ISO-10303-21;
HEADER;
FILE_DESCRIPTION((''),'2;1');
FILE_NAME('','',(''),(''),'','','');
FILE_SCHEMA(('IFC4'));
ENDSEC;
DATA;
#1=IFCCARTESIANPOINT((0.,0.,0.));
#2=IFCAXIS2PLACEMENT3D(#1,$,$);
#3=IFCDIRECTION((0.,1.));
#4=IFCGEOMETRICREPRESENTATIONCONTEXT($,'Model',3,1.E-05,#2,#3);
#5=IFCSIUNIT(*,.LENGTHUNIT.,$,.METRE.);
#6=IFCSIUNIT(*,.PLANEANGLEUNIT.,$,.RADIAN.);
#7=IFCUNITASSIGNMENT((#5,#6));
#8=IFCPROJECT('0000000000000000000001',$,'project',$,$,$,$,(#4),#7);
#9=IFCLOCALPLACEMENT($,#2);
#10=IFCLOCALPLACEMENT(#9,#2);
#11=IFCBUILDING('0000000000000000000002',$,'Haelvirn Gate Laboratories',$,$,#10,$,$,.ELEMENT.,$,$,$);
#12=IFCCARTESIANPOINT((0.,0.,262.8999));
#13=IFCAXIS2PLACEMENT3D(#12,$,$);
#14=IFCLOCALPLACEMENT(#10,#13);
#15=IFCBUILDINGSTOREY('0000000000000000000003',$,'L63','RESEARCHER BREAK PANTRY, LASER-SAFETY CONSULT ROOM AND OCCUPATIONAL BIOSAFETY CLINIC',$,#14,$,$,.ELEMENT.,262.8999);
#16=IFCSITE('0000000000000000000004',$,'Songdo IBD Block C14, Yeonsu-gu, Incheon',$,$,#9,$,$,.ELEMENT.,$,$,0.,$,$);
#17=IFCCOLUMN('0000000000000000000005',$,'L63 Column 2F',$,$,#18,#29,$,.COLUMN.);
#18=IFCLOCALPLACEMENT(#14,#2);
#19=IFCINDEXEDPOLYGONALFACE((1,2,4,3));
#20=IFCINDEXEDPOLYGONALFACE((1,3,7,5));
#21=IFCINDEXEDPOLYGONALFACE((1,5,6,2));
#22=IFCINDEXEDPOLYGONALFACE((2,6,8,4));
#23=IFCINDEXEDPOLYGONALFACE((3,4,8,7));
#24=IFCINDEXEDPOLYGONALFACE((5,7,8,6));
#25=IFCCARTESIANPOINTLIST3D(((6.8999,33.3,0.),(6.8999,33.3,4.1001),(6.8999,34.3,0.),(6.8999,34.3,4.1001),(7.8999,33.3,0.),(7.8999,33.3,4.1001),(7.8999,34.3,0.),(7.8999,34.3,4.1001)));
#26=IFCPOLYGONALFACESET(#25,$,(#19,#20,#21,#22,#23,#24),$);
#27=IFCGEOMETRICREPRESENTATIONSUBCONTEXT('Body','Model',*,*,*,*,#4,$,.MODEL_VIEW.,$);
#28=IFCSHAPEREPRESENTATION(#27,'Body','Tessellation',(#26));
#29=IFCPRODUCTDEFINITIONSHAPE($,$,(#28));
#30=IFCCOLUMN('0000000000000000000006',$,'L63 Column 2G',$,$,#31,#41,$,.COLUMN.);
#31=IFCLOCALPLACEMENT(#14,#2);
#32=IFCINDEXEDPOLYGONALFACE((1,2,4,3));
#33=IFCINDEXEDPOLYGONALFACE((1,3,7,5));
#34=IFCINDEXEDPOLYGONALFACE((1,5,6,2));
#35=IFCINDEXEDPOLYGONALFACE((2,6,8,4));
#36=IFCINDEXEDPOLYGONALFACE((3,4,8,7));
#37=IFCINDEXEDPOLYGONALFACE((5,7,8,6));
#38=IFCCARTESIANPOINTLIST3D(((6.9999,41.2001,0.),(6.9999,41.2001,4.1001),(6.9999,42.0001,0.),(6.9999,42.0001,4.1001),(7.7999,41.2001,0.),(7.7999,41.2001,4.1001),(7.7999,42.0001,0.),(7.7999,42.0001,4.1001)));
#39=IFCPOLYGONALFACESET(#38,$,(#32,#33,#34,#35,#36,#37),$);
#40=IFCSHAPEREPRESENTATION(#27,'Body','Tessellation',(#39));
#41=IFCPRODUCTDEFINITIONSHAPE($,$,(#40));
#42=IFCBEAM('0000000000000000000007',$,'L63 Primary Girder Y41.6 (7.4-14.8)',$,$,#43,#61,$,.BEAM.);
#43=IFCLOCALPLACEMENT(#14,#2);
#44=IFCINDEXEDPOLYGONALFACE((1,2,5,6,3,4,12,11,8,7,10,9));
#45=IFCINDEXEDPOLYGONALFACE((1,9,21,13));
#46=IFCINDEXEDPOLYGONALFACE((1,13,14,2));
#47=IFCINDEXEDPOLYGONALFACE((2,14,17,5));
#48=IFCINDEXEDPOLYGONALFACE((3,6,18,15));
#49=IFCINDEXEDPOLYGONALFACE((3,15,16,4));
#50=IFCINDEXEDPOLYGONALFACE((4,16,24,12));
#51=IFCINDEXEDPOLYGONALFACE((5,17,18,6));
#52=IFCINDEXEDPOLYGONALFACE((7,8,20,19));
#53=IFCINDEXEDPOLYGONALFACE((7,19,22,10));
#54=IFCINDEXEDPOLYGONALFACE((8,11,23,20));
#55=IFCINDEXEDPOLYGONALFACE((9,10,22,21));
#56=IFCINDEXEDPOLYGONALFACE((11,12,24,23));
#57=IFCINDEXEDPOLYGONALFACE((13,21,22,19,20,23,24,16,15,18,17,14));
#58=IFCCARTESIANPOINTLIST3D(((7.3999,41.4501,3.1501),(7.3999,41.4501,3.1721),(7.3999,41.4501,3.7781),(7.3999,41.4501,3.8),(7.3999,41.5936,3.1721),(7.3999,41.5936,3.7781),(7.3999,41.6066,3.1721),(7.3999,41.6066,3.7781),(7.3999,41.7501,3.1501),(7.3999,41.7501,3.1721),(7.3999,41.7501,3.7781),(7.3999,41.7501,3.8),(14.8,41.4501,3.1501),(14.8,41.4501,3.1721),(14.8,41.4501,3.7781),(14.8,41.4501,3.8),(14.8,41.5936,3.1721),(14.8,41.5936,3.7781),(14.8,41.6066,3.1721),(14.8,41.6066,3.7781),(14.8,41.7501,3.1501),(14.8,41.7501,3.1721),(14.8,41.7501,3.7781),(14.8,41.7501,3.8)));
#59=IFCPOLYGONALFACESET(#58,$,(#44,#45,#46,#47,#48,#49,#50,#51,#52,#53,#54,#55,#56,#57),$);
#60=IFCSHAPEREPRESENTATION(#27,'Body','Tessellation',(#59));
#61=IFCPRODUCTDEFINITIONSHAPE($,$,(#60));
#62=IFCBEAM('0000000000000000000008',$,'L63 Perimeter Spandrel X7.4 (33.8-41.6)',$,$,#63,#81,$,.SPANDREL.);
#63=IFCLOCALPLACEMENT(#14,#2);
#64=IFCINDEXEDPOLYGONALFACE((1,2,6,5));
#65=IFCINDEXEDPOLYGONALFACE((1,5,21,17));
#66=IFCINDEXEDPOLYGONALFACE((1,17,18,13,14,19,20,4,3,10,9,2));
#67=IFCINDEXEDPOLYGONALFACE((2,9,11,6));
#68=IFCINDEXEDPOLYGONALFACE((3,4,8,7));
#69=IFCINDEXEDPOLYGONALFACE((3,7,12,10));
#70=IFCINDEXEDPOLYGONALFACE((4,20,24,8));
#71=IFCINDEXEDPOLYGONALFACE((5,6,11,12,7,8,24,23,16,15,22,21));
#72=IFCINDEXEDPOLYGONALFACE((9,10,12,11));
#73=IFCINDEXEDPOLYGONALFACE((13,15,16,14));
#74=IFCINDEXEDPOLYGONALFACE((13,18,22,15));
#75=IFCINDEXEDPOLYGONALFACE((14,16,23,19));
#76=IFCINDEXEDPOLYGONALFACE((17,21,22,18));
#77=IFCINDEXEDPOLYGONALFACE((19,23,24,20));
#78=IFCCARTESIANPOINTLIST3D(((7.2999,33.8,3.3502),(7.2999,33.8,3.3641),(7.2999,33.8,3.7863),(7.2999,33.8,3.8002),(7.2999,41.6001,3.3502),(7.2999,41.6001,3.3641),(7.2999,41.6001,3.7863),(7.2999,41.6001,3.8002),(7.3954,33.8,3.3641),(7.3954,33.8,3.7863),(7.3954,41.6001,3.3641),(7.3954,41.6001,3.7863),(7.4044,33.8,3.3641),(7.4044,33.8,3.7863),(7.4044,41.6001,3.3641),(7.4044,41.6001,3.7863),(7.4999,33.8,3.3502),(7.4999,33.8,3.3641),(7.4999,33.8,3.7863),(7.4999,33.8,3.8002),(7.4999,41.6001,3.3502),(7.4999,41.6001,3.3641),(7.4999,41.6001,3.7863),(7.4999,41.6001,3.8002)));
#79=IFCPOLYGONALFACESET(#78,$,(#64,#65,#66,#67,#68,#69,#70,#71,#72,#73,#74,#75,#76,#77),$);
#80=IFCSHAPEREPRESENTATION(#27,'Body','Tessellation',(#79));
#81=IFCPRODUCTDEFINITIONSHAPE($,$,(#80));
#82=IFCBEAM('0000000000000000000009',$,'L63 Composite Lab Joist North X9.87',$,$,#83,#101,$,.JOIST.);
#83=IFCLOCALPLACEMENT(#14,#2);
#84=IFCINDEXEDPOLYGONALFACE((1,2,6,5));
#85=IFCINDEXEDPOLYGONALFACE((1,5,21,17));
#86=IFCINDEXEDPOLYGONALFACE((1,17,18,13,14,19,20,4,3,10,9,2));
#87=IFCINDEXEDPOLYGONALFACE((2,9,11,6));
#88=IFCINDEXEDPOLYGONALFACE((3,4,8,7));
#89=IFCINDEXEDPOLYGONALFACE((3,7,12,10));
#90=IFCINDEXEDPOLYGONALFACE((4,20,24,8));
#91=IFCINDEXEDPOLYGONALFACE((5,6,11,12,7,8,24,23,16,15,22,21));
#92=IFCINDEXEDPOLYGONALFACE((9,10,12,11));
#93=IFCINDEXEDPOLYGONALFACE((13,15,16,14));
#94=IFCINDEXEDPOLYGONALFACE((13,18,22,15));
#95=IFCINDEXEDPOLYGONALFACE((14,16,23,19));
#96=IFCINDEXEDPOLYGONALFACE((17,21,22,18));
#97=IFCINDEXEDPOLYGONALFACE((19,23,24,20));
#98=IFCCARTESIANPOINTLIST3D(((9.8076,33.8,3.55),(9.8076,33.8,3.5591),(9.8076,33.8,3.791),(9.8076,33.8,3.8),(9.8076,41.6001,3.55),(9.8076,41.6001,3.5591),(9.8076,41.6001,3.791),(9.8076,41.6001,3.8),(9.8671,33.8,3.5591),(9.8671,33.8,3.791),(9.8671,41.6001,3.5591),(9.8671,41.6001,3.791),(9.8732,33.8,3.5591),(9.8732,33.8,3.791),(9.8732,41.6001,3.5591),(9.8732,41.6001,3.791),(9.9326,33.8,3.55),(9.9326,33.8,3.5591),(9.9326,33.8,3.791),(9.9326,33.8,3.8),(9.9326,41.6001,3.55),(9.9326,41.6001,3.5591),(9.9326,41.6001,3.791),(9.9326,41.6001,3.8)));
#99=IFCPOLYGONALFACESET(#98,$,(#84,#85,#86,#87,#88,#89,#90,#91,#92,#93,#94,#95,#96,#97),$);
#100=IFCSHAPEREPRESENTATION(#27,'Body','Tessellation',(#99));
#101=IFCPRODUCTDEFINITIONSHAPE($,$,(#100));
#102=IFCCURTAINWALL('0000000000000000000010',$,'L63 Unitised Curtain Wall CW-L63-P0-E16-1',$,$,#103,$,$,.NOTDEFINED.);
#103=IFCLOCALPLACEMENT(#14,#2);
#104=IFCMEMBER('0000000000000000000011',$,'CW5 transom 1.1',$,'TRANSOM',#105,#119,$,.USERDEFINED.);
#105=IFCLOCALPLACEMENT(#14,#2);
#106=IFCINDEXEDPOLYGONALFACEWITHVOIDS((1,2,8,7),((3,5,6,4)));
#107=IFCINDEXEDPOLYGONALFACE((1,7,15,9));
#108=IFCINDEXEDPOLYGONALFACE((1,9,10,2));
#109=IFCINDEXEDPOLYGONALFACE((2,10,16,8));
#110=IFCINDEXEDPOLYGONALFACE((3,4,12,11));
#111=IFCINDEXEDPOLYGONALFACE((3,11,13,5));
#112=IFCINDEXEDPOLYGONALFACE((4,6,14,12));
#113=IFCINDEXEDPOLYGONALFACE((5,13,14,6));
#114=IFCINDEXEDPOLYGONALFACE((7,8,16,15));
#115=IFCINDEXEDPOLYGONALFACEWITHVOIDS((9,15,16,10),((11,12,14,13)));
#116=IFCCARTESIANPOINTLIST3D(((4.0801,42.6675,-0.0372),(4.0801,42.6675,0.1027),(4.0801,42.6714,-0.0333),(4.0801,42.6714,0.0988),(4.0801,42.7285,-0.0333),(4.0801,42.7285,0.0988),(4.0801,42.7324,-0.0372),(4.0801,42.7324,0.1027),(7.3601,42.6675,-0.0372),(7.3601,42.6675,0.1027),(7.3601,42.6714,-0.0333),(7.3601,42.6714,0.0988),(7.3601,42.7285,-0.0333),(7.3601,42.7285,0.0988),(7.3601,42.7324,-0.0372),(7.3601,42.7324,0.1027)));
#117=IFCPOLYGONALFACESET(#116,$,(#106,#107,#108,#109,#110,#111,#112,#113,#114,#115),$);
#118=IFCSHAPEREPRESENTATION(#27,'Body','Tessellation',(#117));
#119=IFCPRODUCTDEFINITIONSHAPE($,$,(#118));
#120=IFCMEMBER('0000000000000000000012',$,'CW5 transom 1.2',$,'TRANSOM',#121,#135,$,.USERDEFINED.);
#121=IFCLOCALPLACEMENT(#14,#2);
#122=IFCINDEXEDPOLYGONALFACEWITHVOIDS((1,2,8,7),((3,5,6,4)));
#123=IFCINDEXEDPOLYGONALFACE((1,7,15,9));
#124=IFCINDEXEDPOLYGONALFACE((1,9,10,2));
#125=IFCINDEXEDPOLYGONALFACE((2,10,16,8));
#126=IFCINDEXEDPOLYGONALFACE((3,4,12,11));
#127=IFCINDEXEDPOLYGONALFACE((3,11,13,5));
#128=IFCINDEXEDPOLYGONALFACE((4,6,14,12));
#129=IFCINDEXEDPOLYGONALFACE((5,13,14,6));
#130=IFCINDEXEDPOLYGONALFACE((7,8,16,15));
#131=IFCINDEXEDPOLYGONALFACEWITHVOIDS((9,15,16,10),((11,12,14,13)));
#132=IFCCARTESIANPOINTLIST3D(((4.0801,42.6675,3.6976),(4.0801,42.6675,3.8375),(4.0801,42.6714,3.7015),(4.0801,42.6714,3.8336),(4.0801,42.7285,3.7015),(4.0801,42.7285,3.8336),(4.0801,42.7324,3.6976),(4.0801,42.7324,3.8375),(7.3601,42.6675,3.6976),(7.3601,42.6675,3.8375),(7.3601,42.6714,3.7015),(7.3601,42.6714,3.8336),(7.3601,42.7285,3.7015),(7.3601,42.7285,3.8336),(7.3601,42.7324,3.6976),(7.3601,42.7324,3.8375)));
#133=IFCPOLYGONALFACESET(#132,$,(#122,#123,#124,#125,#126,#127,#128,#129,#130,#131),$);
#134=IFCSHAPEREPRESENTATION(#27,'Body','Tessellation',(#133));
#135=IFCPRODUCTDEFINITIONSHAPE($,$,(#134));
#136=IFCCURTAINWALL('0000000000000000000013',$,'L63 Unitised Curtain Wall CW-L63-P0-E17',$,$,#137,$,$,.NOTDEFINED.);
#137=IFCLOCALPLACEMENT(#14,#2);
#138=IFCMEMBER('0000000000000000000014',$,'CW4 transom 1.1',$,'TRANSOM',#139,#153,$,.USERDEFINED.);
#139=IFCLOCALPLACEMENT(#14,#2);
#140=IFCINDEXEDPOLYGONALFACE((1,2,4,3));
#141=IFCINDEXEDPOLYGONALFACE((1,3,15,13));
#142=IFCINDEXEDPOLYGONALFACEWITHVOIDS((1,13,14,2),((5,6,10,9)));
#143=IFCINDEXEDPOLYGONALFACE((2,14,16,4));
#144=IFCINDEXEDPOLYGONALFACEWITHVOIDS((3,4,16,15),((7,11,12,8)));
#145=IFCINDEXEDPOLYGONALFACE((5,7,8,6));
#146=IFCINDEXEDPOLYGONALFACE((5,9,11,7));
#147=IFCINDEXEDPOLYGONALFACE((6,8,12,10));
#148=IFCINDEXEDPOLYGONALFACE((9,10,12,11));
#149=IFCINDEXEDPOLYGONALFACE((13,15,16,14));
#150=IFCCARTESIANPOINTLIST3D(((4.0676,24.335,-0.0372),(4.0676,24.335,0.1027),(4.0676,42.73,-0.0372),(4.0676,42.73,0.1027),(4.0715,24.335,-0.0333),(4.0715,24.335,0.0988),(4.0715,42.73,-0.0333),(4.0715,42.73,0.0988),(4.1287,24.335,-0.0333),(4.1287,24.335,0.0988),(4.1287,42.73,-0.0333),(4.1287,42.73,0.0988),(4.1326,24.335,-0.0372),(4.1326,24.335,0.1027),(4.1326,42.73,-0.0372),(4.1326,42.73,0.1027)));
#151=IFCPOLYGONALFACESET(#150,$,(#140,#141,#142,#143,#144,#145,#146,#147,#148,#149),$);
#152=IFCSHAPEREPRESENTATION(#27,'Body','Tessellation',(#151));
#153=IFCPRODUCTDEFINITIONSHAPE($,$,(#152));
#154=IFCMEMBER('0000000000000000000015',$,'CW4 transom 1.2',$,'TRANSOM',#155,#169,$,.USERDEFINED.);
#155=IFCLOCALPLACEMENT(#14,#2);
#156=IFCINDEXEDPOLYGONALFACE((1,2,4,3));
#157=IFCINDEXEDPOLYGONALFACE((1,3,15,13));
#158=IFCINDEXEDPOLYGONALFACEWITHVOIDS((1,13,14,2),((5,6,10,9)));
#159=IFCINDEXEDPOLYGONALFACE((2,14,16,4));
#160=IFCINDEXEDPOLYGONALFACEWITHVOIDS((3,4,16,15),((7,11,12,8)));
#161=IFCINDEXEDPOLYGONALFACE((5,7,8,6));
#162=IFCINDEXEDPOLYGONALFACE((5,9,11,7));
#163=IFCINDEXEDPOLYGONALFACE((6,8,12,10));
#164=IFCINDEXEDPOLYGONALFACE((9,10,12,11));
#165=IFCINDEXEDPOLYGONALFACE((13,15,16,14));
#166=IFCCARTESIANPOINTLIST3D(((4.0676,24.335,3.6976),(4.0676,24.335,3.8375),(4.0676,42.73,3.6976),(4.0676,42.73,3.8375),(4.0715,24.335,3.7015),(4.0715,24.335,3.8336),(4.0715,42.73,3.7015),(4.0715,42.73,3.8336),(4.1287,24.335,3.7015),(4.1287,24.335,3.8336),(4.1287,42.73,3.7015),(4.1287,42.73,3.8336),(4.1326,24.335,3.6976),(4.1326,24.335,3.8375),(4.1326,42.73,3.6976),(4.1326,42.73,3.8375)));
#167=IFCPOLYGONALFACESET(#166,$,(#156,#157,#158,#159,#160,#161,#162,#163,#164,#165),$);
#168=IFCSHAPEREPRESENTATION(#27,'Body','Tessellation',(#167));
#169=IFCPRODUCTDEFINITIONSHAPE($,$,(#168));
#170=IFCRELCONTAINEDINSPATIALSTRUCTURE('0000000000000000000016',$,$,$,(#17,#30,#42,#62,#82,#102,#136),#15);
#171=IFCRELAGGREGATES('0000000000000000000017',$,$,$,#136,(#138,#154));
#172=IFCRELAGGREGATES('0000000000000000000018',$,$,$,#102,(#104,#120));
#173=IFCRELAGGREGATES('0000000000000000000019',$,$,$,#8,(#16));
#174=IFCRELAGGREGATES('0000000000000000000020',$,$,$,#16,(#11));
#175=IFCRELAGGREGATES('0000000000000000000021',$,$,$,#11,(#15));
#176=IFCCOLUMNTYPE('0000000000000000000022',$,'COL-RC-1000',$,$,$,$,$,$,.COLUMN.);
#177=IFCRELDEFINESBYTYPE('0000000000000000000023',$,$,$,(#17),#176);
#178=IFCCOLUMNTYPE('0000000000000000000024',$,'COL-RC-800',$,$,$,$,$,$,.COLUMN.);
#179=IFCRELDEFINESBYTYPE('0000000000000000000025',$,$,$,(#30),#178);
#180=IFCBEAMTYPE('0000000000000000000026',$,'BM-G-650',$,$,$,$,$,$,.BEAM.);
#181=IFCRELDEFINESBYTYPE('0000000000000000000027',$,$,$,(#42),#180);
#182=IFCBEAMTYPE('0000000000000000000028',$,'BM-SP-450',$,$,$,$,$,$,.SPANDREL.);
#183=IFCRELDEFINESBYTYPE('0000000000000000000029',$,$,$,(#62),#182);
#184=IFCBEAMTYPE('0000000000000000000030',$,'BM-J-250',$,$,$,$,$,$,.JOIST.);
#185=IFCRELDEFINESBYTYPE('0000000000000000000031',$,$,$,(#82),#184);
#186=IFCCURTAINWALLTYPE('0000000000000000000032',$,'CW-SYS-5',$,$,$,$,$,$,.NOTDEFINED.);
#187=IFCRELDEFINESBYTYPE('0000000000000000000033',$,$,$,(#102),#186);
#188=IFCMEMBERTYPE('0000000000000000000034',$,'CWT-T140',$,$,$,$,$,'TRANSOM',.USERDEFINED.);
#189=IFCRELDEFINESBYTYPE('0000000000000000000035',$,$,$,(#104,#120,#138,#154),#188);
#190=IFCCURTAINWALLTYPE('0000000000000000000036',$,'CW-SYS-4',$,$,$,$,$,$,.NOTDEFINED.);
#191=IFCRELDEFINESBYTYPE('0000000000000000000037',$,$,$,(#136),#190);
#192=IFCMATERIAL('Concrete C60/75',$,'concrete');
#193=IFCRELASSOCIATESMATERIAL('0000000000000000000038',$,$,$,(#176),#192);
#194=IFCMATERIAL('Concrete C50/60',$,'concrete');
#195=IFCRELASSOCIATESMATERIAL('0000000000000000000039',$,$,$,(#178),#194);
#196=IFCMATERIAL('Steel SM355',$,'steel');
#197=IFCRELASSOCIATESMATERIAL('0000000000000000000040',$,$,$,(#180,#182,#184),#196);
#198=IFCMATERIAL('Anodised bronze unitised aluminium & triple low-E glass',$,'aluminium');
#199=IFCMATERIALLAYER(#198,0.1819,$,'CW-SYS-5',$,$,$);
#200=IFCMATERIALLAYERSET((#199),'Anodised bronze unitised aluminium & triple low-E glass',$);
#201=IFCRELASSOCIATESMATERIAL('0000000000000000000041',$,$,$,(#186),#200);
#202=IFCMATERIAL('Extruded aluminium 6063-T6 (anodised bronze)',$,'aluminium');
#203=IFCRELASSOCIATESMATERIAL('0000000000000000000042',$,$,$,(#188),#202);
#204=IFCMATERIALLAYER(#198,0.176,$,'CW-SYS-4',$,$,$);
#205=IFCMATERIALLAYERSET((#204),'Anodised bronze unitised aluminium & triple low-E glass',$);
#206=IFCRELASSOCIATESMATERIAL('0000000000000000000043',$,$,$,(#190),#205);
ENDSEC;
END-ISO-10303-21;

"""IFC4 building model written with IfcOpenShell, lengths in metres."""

from ifc_helpers import new_model, si_unit, direction, frame, origin, origin_2d, place, context, subcontext, project, spatial, rectangle, hollow_rectangle, i_section, extrude, source, transform, mapped, material, layer, layer_set, material_profile, profile_set, type_object, type_shapes, element, aggregate, save


model = new_model("IFC4")

# Units and contexts
model_context = context("Model", 3, precision=1e-05, world=origin(), true_north=direction((0.0, 1.0)))
body_context = subcontext(model_context, "Body", "Model", "MODEL_VIEW")
ifc_project = project(units=[si_unit("LENGTHUNIT", "METRE"), si_unit("PLANEANGLEUNIT", "RADIAN")], contexts=[model_context])

# Site, building, storey
site_placement = place(None, origin())
site = spatial("IfcSite", under=ifc_project, at=site_placement, Name="Songdo IBD Block C14, Yeonsu-gu, Incheon", CompositionType="ELEMENT", RefElevation=0.0)
building_placement = place(site_placement, origin())
building = spatial("IfcBuilding", under=site, at=building_placement, Name="Haelvirn Gate Laboratories", CompositionType="ELEMENT")
storey_placement = place(building_placement, frame((0.0, 0.0, 262.8999)))
storey = spatial("IfcBuildingStorey", under=building, at=storey_placement, Name="L63", Description="RESEARCHER BREAK PANTRY, LASER-SAFETY CONSULT ROOM AND OCCUPATIONAL BIOSAFETY CLINIC", CompositionType="ELEMENT", Elevation=262.8999)

# Columns
ifc_material_1 = material(Name="Concrete C60/75", Category="concrete")
ifc_material_profile_1 = material_profile(ifc_material_1, rectangle(XDim=1.0, YDim=1.0, at=origin_2d()), Name="RC-1000x1000")
ifc_profile_set_1 = profile_set([ifc_material_profile_1], Name="Concrete C60/75")
column_type_1 = type_object("IfcColumnType", Name="COL-RC-1000", PredefinedType="COLUMN", material=ifc_profile_set_1)
shared_shape_1 = source(origin(), body_context, "Body", "SweptSolid", [
    extrude(rectangle(XDim=1.0, YDim=1.0, at=origin_2d()), origin(), (0.0, 0.0, 1.0), 4.1001),
])
type_shapes(column_type_1, [shared_shape_1])
column_1_placement = place(storey_placement, frame((7.3999, 33.8, 0.0), z_axis=(0.0, 0.0, 1.0), x_axis=(1.0, 0.0, 0.0)))
element("IfcColumn", 1, at=column_1_placement, inside=storey, type_object=column_type_1, Name="L63 Column 2F", PredefinedType="COLUMN", context=body_context, shape_type="MappedRepresentation", body=[
    mapped(shared_shape_1, transform((0.0, 0.0, 0.0), scale=1.0)),
])
ifc_material_2 = material(Name="Concrete C50/60", Category="concrete")
ifc_material_profile_2 = material_profile(ifc_material_2, rectangle(XDim=0.8, YDim=0.8, at=origin_2d()), Name="RC-800x800")
ifc_profile_set_2 = profile_set([ifc_material_profile_2], Name="Concrete C50/60")
column_type_2 = type_object("IfcColumnType", Name="COL-RC-800", PredefinedType="COLUMN", material=ifc_profile_set_2)
shared_shape_2 = source(origin(), body_context, "Body", "SweptSolid", [
    extrude(rectangle(XDim=0.8, YDim=0.8, at=origin_2d()), origin(), (0.0, 0.0, 1.0), 4.1001),
])
type_shapes(column_type_2, [shared_shape_2])
column_2_placement = place(storey_placement, frame((7.3999, 41.6001, 0.0), z_axis=(0.0, 0.0, 1.0), x_axis=(1.0, 0.0, 0.0)))
element("IfcColumn", 2, at=column_2_placement, inside=storey, type_object=column_type_2, Name="L63 Column 2G", PredefinedType="COLUMN", context=body_context, shape_type="MappedRepresentation", body=[
    mapped(shared_shape_2, transform((0.0, 0.0, 0.0), scale=1.0)),
])

# Beams
ifc_material_3 = material(Name="Steel SM355", Category="steel")
ifc_material_profile_3 = material_profile(ifc_material_3, i_section(OverallWidth=0.3, OverallDepth=0.6499, WebThickness=0.0129, FlangeThickness=0.022, at=origin_2d()), Name="H-650x300x13x22")
ifc_profile_set_3 = profile_set([ifc_material_profile_3], Name="Steel SM355")
beam_type_1 = type_object("IfcBeamType", Name="BM-G-650", PredefinedType="BEAM", material=ifc_profile_set_3)
shared_shape_3 = source(origin(), body_context, "Body", "SweptSolid", [
    extrude(i_section(OverallWidth=0.3, OverallDepth=0.6499, WebThickness=0.0129, FlangeThickness=0.022, at=origin_2d()), origin(), (0.0, 0.0, 1.0), 7.4001),
])
type_shapes(beam_type_1, [shared_shape_3])
beam_1_placement = place(storey_placement, frame((7.3999, 41.6001, 3.4751), z_axis=(1.0, 0.0, 0.0), x_axis=(0.0, 1.0, 0.0)))
element("IfcBeam", 3, at=beam_1_placement, inside=storey, type_object=beam_type_1, Name="L63 Primary Girder Y41.6 (7.4-14.8)", PredefinedType="BEAM", context=body_context, shape_type="MappedRepresentation", body=[
    mapped(shared_shape_3, transform((0.0, 0.0, 0.0), scale=1.0)),
])
ifc_material_profile_4 = material_profile(ifc_material_3, i_section(OverallWidth=0.2, OverallDepth=0.45, WebThickness=0.009, FlangeThickness=0.0139, at=origin_2d()), Name="H-450x200x9x14")
ifc_profile_set_4 = profile_set([ifc_material_profile_4], Name="Steel SM355")
beam_type_2 = type_object("IfcBeamType", Name="BM-SP-450", PredefinedType="SPANDREL", material=ifc_profile_set_4)
shared_shape_4 = source(origin(), body_context, "Body", "SweptSolid", [
    extrude(i_section(OverallWidth=0.2, OverallDepth=0.45, WebThickness=0.009, FlangeThickness=0.0139, at=origin_2d()), origin(), (0.0, 0.0, 1.0), 7.8),
])
type_shapes(beam_type_2, [shared_shape_4])
beam_2_placement = place(storey_placement, frame((7.3999, 33.8, 3.5752), z_axis=(0.0, 1.0, 0.0), x_axis=(-1.0, 0.0, 0.0)))
element("IfcBeam", 4, at=beam_2_placement, inside=storey, type_object=beam_type_2, Name="L63 Perimeter Spandrel X7.4 (33.8-41.6)", PredefinedType="SPANDREL", context=body_context, shape_type="MappedRepresentation", body=[
    mapped(shared_shape_4, transform((0.0, 0.0, 0.0), scale=1.0)),
])
ifc_material_profile_5 = material_profile(ifc_material_3, i_section(OverallWidth=0.125, OverallDepth=0.25, WebThickness=0.0061, FlangeThickness=0.009, at=origin_2d()), Name="H-250x125x6x9")
ifc_profile_set_5 = profile_set([ifc_material_profile_5], Name="Steel SM355")
beam_type_3 = type_object("IfcBeamType", Name="BM-J-250", PredefinedType="JOIST", material=ifc_profile_set_5)
shared_shape_5 = source(origin(), body_context, "Body", "SweptSolid", [
    extrude(i_section(OverallWidth=0.125, OverallDepth=0.25, WebThickness=0.0061, FlangeThickness=0.009, at=origin_2d()), origin(), (0.0, 0.0, 1.0), 7.8),
])
type_shapes(beam_type_3, [shared_shape_5])
beam_3_placement = place(storey_placement, frame((9.8701, 33.8, 3.675), z_axis=(0.0, 1.0, 0.0), x_axis=(-1.0, 0.0, 0.0)))
element("IfcBeam", 5, at=beam_3_placement, inside=storey, type_object=beam_type_3, Name="L63 Composite Lab Joist North X9.87", PredefinedType="JOIST", context=body_context, shape_type="MappedRepresentation", body=[
    mapped(shared_shape_5, transform((0.0, 0.0, 0.0), scale=1.0)),
])

# Curtain walls, members
ifc_material_4 = material(Name="Anodised bronze unitised aluminium & triple low-E glass", Category="aluminium")
ifc_layer_1 = layer(ifc_material_4, 0.1819, Name="CW-SYS-5")
ifc_layer_set_1 = layer_set([ifc_layer_1], Name="Anodised bronze unitised aluminium & triple low-E glass")
curtain_wall_type_1 = type_object("IfcCurtainWallType", Name="CW-SYS-5", PredefinedType="NOTDEFINED", material=ifc_layer_set_1)
curtain_wall_1_placement = place(storey_placement, origin())
curtain_wall_1 = element("IfcCurtainWall", 6, at=curtain_wall_1_placement, inside=storey, type_object=curtain_wall_type_1, Name="L63 Unitised Curtain Wall CW-L63-P0-E16-1", PredefinedType="NOTDEFINED")
ifc_material_5 = material(Name="Extruded aluminium 6063-T6 (anodised bronze)", Category="aluminium")
ifc_material_profile_6 = material_profile(ifc_material_5, hollow_rectangle(XDim=0.0649, YDim=0.1399, WallThickness=0.0039, at=origin_2d()), Name="CWT-140x65x4")
ifc_profile_set_6 = profile_set([ifc_material_profile_6], Name="Extruded aluminium 6063-T6 (anodised bronze)")
member_type_1 = type_object("IfcMemberType", Name="CWT-T140", ElementType="TRANSOM", PredefinedType="USERDEFINED", material=ifc_profile_set_6)
shared_shape_6 = source(origin(), body_context, "Body", "SweptSolid", [
    extrude(hollow_rectangle(XDim=0.0649, YDim=0.1399, WallThickness=0.0039, at=origin_2d()), origin(), (0.0, 0.0, 1.0), 3.28),
])
member_1_placement = place(storey_placement, frame((4.0801, 42.7, 0.0327), z_axis=(1.0, 0.0, 0.0), x_axis=(0.0, 1.0, 0.0)))
member_1 = element("IfcMember", 7, at=member_1_placement, type_object=member_type_1, Name="CW5 transom 1.1", ObjectType="TRANSOM", PredefinedType="USERDEFINED", context=body_context, shape_type="MappedRepresentation", body=[
    mapped(shared_shape_6, transform((0.0, 0.0, 0.0), scale=1.0)),
])
member_2_placement = place(storey_placement, frame((4.0801, 42.7, 3.7676), z_axis=(1.0, 0.0, 0.0), x_axis=(0.0, 1.0, 0.0)))
member_2 = element("IfcMember", 8, at=member_2_placement, type_object=member_type_1, Name="CW5 transom 1.2", ObjectType="TRANSOM", PredefinedType="USERDEFINED", context=body_context, shape_type="MappedRepresentation", body=[
    mapped(shared_shape_6, transform((0.0, 0.0, 0.0), scale=1.0)),
])
ifc_layer_2 = layer(ifc_material_4, 0.176, Name="CW-SYS-4")
ifc_layer_set_2 = layer_set([ifc_layer_2], Name="Anodised bronze unitised aluminium & triple low-E glass")
curtain_wall_type_2 = type_object("IfcCurtainWallType", Name="CW-SYS-4", PredefinedType="NOTDEFINED", material=ifc_layer_set_2)
curtain_wall_2_placement = place(storey_placement, origin())
curtain_wall_2 = element("IfcCurtainWall", 9, at=curtain_wall_2_placement, inside=storey, type_object=curtain_wall_type_2, Name="L63 Unitised Curtain Wall CW-L63-P0-E17", PredefinedType="NOTDEFINED")
shared_shape_7 = source(origin(), body_context, "Body", "SweptSolid", [
    extrude(hollow_rectangle(XDim=0.0649, YDim=0.1399, WallThickness=0.0039, at=origin_2d()), origin(), (0.0, 0.0, 1.0), 18.395),
])
member_3_placement = place(storey_placement, frame((4.1001, 42.73, 0.0327), z_axis=(0.0, -1.0, 0.0), x_axis=(1.0, 0.0, 0.0)))
member_3 = element("IfcMember", 10, at=member_3_placement, type_object=member_type_1, Name="CW4 transom 1.1", ObjectType="TRANSOM", PredefinedType="USERDEFINED", context=body_context, shape_type="MappedRepresentation", body=[
    mapped(shared_shape_7, transform((0.0, 0.0, 0.0), scale=1.0)),
])
member_4_placement = place(storey_placement, frame((4.1001, 42.73, 3.7676), z_axis=(0.0, -1.0, 0.0), x_axis=(1.0, 0.0, 0.0)))
member_4 = element("IfcMember", 11, at=member_4_placement, type_object=member_type_1, Name="CW4 transom 1.2", ObjectType="TRANSOM", PredefinedType="USERDEFINED", context=body_context, shape_type="MappedRepresentation", body=[
    mapped(shared_shape_7, transform((0.0, 0.0, 0.0), scale=1.0)),
])

aggregate(curtain_wall_2, [member_3, member_4])

aggregate(curtain_wall_1, [member_1, member_2])

save(model, "model.ifc")
